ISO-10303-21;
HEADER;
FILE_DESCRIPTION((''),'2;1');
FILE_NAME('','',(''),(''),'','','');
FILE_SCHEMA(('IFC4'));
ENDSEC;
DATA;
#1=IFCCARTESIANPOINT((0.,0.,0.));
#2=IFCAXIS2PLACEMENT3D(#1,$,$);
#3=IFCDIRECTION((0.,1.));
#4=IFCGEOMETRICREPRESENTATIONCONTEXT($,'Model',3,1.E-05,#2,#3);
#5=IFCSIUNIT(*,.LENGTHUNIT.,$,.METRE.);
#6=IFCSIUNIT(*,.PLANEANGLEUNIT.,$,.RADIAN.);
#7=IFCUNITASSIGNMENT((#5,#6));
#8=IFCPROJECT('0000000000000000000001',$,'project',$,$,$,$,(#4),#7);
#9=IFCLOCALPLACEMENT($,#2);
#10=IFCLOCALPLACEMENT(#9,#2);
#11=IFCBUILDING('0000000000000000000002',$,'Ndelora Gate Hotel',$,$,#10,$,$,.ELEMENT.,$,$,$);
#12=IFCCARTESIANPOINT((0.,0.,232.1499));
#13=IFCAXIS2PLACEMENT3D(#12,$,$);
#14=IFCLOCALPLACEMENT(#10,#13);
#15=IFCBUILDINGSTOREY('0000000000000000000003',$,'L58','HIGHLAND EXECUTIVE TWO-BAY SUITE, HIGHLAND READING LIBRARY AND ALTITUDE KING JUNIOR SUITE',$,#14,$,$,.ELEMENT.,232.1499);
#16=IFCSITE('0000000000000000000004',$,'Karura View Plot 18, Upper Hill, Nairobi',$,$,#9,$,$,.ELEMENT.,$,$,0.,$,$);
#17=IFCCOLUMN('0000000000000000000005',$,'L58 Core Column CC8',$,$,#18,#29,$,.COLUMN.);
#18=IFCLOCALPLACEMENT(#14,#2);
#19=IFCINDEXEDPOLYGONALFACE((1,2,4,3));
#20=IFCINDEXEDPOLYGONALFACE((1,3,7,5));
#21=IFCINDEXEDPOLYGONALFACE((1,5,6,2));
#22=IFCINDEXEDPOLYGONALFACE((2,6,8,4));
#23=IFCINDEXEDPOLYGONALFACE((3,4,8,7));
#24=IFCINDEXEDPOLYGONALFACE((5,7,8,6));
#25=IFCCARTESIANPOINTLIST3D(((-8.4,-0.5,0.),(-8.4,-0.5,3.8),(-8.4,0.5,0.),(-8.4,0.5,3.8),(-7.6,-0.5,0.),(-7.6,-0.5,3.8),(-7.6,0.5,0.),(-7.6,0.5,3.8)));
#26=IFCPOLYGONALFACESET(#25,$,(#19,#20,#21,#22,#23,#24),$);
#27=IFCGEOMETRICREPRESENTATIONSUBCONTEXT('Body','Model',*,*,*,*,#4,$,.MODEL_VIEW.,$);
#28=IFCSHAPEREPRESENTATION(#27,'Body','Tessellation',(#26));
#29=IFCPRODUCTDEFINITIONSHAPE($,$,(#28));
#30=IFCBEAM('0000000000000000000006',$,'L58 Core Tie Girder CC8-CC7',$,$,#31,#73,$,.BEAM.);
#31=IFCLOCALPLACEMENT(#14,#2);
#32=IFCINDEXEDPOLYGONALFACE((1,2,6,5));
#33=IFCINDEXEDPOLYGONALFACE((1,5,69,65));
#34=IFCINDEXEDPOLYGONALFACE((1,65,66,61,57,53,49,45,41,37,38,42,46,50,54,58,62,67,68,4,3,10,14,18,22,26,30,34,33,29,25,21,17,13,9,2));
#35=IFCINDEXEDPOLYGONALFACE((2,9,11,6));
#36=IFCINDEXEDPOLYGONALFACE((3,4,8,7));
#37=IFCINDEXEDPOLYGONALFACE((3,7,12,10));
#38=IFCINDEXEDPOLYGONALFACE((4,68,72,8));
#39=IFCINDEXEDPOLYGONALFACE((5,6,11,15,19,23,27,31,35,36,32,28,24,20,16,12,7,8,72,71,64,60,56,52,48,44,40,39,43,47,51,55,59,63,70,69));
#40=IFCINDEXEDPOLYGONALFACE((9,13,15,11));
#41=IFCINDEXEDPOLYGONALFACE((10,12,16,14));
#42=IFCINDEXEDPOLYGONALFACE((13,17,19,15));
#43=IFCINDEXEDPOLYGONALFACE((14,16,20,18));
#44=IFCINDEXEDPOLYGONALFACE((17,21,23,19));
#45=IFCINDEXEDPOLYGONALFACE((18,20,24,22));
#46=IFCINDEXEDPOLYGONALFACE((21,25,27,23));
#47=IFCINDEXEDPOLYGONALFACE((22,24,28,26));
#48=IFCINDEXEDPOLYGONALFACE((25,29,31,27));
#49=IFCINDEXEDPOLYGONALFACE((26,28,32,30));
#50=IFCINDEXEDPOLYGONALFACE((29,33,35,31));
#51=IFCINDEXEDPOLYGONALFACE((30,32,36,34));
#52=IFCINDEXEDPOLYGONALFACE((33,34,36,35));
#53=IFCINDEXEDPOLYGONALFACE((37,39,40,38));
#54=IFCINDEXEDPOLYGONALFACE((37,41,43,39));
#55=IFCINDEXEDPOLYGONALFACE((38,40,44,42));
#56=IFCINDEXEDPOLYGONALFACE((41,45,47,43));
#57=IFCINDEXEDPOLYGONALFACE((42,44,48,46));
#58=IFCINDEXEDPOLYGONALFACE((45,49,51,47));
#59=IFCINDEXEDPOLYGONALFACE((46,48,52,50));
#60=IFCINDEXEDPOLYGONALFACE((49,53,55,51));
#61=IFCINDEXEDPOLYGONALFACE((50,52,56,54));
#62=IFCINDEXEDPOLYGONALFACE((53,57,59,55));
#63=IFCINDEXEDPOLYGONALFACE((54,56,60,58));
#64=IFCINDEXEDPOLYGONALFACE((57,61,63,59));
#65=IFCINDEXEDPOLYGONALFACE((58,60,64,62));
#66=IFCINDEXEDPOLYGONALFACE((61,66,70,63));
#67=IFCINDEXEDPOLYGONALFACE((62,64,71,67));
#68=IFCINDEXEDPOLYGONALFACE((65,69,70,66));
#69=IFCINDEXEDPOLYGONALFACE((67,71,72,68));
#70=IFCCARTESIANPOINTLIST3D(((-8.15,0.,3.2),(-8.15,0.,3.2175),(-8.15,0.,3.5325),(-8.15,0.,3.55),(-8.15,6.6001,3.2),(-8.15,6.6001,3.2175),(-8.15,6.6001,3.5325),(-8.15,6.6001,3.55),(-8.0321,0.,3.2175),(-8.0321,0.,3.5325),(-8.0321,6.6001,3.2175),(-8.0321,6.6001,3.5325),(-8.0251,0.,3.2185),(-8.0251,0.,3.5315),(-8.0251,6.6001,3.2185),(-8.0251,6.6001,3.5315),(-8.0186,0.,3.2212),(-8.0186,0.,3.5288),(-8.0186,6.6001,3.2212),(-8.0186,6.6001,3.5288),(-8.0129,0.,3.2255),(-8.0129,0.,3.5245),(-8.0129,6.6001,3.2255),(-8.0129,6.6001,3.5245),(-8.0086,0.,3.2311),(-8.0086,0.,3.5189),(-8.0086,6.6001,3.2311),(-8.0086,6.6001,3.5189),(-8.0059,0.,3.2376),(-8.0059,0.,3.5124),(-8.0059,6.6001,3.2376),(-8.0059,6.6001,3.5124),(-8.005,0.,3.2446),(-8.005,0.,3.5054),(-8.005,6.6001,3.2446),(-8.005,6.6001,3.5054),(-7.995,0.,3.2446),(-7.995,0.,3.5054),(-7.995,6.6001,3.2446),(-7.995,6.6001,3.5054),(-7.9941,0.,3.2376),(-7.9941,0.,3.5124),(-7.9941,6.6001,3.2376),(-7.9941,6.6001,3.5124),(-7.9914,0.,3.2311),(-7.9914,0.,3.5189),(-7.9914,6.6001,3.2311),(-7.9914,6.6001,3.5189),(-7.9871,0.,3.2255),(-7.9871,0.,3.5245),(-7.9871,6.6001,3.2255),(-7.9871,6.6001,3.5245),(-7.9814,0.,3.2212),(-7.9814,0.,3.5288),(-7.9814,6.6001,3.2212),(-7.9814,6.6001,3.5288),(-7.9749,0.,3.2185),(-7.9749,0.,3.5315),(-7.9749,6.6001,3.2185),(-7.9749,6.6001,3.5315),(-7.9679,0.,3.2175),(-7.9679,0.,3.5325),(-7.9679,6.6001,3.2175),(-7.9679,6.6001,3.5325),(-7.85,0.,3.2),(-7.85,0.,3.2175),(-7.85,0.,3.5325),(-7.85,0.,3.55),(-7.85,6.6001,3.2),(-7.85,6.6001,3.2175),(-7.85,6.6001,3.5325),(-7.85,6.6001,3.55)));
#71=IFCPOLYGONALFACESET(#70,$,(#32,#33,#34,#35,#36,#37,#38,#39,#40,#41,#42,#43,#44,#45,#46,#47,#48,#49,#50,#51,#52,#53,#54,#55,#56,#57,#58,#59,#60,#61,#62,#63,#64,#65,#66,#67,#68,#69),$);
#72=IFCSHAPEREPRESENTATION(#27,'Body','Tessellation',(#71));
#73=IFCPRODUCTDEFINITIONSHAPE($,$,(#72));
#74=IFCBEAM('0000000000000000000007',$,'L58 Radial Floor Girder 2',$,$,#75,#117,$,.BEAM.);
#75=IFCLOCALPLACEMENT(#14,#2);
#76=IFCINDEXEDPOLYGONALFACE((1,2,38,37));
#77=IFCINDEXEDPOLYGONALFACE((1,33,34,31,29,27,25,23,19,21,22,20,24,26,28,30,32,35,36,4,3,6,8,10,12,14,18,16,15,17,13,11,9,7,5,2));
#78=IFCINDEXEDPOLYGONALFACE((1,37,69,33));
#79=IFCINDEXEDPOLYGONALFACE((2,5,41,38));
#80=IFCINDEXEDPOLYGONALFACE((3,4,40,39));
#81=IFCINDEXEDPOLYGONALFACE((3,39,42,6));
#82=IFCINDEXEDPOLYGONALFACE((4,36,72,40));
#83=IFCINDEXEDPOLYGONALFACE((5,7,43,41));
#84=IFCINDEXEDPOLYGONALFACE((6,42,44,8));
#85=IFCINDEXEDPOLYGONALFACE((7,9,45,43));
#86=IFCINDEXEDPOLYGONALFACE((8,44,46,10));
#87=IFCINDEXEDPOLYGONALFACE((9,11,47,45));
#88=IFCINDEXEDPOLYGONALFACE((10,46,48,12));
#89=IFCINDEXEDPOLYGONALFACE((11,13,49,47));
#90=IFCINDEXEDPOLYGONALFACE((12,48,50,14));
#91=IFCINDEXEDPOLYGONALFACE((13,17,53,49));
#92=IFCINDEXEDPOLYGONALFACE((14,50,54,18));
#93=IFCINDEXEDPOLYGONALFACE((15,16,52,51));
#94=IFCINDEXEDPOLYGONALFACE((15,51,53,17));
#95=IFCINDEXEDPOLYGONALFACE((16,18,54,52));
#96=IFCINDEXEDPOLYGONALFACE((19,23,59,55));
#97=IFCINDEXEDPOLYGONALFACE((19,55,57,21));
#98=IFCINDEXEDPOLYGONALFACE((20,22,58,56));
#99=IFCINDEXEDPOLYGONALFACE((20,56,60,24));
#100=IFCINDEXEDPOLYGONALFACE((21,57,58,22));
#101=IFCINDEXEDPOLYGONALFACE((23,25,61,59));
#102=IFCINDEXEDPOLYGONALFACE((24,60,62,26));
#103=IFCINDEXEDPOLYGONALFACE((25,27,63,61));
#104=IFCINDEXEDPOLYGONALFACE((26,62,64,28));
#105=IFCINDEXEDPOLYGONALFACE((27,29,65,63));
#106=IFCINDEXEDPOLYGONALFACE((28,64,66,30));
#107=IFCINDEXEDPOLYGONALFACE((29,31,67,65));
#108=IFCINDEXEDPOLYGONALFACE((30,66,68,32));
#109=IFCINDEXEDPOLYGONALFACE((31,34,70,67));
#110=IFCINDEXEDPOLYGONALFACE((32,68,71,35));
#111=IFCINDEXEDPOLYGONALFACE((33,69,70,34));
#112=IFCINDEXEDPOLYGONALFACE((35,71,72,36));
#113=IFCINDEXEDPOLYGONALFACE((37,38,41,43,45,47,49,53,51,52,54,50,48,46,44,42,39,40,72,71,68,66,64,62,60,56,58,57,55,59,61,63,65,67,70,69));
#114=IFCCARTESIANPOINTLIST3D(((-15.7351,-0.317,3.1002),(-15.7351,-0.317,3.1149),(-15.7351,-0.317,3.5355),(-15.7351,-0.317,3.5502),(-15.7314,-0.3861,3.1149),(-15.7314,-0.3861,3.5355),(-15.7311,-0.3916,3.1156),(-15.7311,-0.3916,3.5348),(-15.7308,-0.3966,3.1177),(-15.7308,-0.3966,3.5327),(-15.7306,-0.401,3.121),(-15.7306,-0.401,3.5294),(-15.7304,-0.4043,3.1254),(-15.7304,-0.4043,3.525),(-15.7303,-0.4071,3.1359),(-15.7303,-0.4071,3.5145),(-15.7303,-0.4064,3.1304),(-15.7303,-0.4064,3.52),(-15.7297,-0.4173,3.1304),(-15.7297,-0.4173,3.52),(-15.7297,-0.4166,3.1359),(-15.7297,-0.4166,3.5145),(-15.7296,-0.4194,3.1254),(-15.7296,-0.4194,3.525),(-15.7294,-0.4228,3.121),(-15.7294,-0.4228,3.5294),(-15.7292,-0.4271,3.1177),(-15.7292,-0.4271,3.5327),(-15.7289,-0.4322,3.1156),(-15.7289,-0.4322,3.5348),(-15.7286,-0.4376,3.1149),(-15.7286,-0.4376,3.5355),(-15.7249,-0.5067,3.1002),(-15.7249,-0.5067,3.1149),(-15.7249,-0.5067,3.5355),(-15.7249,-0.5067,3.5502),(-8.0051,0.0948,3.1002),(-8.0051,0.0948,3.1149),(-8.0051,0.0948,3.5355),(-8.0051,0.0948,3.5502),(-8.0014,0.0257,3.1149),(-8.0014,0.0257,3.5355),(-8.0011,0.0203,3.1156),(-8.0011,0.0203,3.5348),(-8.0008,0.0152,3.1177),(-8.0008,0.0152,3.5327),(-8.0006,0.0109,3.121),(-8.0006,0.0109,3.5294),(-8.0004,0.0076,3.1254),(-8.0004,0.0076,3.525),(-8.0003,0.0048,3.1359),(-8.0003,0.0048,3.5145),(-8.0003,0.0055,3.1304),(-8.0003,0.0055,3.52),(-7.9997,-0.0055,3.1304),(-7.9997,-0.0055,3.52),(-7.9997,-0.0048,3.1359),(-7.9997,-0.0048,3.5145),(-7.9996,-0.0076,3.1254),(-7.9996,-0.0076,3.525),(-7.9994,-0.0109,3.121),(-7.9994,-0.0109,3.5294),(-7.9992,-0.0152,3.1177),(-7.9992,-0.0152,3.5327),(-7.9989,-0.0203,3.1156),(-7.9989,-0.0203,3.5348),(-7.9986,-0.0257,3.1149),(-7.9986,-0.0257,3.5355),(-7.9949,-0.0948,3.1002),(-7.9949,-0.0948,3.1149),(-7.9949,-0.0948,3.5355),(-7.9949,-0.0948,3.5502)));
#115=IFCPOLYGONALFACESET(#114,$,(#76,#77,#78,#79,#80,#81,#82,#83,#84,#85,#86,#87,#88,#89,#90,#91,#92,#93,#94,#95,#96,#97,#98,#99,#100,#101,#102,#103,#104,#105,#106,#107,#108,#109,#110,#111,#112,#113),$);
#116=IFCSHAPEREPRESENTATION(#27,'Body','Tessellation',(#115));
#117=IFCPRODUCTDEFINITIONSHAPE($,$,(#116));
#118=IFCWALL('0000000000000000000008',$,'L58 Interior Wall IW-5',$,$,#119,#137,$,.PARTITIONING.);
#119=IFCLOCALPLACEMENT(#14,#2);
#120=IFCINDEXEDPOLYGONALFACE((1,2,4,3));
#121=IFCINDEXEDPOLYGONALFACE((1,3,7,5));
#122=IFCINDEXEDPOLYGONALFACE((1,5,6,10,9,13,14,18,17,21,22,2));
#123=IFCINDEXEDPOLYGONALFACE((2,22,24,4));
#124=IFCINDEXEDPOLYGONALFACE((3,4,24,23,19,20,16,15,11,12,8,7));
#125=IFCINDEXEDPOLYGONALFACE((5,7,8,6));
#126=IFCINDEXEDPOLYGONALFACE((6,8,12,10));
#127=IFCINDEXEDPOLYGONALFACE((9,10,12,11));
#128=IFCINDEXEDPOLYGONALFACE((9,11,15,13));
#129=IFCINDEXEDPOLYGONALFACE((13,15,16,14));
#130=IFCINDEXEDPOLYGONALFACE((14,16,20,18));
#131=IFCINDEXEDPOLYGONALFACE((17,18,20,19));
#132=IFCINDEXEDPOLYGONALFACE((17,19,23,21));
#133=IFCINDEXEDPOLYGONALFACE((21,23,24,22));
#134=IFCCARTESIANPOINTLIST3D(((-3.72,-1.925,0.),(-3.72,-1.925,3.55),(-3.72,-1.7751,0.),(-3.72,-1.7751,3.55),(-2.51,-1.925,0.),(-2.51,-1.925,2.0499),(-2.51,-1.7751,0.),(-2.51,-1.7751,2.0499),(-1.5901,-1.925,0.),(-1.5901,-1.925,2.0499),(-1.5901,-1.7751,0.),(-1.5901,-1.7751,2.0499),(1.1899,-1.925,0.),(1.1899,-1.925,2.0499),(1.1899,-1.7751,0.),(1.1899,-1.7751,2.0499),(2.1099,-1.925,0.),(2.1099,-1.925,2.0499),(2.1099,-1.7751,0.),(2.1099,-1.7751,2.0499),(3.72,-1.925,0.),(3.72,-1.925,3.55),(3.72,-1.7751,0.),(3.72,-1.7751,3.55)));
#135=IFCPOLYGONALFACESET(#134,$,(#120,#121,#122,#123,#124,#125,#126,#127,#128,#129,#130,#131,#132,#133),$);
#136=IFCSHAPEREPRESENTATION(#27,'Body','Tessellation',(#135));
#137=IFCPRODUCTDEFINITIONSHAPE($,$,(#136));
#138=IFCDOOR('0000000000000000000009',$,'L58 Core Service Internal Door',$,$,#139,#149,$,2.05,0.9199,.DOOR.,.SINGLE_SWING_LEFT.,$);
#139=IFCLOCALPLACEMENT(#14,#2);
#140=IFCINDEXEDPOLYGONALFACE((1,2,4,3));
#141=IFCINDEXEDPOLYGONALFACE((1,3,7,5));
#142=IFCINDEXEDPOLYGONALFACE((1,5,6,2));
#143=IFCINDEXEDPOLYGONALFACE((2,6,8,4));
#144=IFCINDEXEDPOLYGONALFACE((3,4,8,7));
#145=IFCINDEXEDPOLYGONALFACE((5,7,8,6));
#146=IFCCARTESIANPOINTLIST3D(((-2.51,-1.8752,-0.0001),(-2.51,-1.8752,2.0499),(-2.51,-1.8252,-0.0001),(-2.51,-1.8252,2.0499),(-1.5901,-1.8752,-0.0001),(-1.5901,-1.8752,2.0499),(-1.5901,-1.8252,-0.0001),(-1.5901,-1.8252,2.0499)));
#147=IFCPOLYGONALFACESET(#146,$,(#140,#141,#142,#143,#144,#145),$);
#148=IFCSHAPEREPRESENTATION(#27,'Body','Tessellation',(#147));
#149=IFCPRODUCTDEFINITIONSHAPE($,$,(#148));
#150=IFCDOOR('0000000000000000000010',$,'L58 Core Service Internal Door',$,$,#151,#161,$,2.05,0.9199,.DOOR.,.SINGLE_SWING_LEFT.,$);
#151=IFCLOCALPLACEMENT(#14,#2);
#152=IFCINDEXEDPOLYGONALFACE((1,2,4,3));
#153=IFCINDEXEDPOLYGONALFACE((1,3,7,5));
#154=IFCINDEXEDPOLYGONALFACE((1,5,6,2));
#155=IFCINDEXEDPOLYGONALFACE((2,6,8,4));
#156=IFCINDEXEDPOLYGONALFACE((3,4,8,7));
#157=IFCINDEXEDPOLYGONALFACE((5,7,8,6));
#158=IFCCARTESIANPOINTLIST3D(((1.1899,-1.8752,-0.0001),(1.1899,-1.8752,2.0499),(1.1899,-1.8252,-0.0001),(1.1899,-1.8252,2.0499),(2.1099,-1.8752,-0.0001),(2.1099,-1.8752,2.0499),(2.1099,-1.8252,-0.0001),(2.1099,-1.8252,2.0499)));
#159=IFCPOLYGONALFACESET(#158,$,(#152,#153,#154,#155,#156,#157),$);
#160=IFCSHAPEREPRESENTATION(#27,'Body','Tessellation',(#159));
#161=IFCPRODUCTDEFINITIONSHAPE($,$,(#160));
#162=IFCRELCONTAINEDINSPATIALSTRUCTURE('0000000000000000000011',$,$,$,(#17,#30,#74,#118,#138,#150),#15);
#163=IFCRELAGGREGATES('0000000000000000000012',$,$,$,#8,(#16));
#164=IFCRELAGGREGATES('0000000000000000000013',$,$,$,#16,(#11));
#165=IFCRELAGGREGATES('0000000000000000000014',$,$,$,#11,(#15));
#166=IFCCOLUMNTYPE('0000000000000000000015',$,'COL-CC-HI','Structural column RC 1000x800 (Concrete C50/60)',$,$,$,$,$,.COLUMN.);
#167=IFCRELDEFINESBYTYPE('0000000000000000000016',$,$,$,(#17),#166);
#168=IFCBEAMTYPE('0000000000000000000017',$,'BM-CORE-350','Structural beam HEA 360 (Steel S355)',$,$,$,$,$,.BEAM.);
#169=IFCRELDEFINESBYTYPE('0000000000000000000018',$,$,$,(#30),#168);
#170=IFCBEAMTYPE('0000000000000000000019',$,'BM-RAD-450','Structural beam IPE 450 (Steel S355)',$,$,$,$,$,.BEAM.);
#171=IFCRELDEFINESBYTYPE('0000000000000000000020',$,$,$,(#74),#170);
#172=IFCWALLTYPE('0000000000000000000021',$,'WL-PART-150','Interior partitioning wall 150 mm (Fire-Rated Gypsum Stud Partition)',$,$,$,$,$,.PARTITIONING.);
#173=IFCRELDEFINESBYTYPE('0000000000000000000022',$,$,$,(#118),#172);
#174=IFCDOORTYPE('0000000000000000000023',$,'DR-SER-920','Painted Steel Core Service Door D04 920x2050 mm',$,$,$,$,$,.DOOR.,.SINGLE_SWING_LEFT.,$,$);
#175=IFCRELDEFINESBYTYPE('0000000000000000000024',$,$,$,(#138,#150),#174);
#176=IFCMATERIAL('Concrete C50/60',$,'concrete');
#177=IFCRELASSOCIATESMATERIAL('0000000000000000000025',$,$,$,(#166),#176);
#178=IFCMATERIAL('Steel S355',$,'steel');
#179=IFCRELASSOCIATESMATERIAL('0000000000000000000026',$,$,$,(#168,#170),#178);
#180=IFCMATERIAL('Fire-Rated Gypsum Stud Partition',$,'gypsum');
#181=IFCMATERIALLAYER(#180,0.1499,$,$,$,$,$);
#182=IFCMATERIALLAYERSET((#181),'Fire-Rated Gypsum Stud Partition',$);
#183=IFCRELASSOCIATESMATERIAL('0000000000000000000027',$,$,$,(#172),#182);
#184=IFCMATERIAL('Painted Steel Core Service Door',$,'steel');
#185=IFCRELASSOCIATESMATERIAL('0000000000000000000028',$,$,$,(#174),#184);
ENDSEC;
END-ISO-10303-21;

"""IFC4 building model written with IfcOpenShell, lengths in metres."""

from ifc_helpers import new_model, si_unit, direction, frame, frame_2d, origin, origin_2d, place, context, subcontext, project, spatial, rectangle, i_section, extrude, material, layer, layer_set, material_profile, profile_set, type_object, element, fill, save


model = new_model("IFC4")

# Units and contexts
model_context = context("Model", 3, precision=1e-05, world=origin(), true_north=direction((0.0, 1.0)))
body_context = subcontext(model_context, "Body", "Model", "MODEL_VIEW")
ifc_project = project(units=[si_unit("LENGTHUNIT", "METRE"), si_unit("PLANEANGLEUNIT", "RADIAN")], contexts=[model_context])

# Site, building, storey
site_placement = place(None, origin())
site = spatial("IfcSite", under=ifc_project, at=site_placement, Name="Karura View Plot 18, Upper Hill, Nairobi", CompositionType="ELEMENT", RefElevation=0.0)
building_placement = place(site_placement, origin())
building = spatial("IfcBuilding", under=site, at=building_placement, Name="Ndelora Gate Hotel", CompositionType="ELEMENT")
storey_placement = place(building_placement, frame((0.0, 0.0, 232.1499)))
storey = spatial("IfcBuildingStorey", under=building, at=storey_placement, Name="L58", Description="HIGHLAND EXECUTIVE TWO-BAY SUITE, HIGHLAND READING LIBRARY AND ALTITUDE KING JUNIOR SUITE", CompositionType="ELEMENT", Elevation=232.1499)

# Column
ifc_material_1 = material(Name="Concrete C50/60", Category="concrete")
ifc_material_profile_1 = material_profile(ifc_material_1, rectangle(XDim=0.8, YDim=1.0, at=origin_2d()), Name="RC 1000x800")
ifc_profile_set_1 = profile_set([ifc_material_profile_1], Name="Concrete C50/60")
column_type = type_object("IfcColumnType", Name="COL-CC-HI", Description="Structural column RC 1000x800 (Concrete C50/60)", PredefinedType="COLUMN", material=ifc_profile_set_1)
column_placement = place(storey_placement, frame((-8.0, 0.0, 0.0), z_axis=(0.0, 0.0, 1.0), x_axis=(1.0, 0.0, 0.0)))
element("IfcColumn", 1, at=column_placement, inside=storey, type_object=column_type, Name="L58 Core Column CC8", PredefinedType="COLUMN", context=body_context, shape_type="SweptSolid", body=[
    extrude(rectangle(XDim=0.8, YDim=1.0, at=origin_2d()), origin(), (0.0, 0.0, 1.0), 3.8),
])

# Beams
ifc_material_2 = material(Name="Steel S355", Category="steel")
ifc_material_profile_2 = material_profile(ifc_material_2, i_section(OverallWidth=0.3, OverallDepth=0.3501, WebThickness=0.01, FlangeThickness=0.0176, FilletRadius=0.0271, at=origin_2d()), Name="HEA 360")
ifc_profile_set_2 = profile_set([ifc_material_profile_2], Name="Steel S355")
beam_type_1 = type_object("IfcBeamType", Name="BM-CORE-350", Description="Structural beam HEA 360 (Steel S355)", PredefinedType="BEAM", material=ifc_profile_set_2)
beam_1_placement = place(storey_placement, frame((-8.0, 0.0, 3.375), z_axis=(0.0, 1.0, 0.0), x_axis=(-1.0, 0.0, 0.0)))
element("IfcBeam", 2, at=beam_1_placement, inside=storey, type_object=beam_type_1, Name="L58 Core Tie Girder CC8-CC7", PredefinedType="BEAM", context=body_context, shape_type="SweptSolid", body=[
    extrude(i_section(OverallWidth=0.3, OverallDepth=0.3501, WebThickness=0.01, FlangeThickness=0.0176, FilletRadius=0.0271, at=origin_2d()), origin(), (0.0, 0.0, 1.0), 6.6001),
])
ifc_material_profile_3 = material_profile(ifc_material_2, i_section(OverallWidth=0.1899, OverallDepth=0.45, WebThickness=0.0095, FlangeThickness=0.0146, FilletRadius=0.021, at=origin_2d()), Name="IPE 450")
ifc_profile_set_3 = profile_set([ifc_material_profile_3], Name="Steel S355")
beam_type_2 = type_object("IfcBeamType", Name="BM-RAD-450", Description="Structural beam IPE 450 (Steel S355)", PredefinedType="BEAM", material=ifc_profile_set_3)
beam_2_placement = place(storey_placement, frame((-8.0, 0.0, 3.3252), z_axis=(-0.998584, -0.053206, 0.0), x_axis=(0.053206, -0.998584, 0.0)))
element("IfcBeam", 3, at=beam_2_placement, inside=storey, type_object=beam_type_2, Name="L58 Radial Floor Girder 2", PredefinedType="BEAM", context=body_context, shape_type="SweptSolid", body=[
    extrude(i_section(OverallWidth=0.1899, OverallDepth=0.45, WebThickness=0.0095, FlangeThickness=0.0146, FilletRadius=0.021, at=origin_2d()), origin(), (0.0, 0.0, 1.0), 7.741),
])

# Wall, openings, doors
ifc_material_3 = material(Name="Fire-Rated Gypsum Stud Partition", Category="gypsum")
ifc_layer_1 = layer(ifc_material_3, 0.1499)
ifc_layer_set_1 = layer_set([ifc_layer_1], Name="Fire-Rated Gypsum Stud Partition")
wall_type_1 = type_object("IfcWallType", Name="WL-PART-150", Description="Interior partitioning wall 150 mm (Fire-Rated Gypsum Stud Partition)", PredefinedType="PARTITIONING", material=ifc_layer_set_1)
wall_1_placement = place(storey_placement, frame((-3.72, -1.8501, 0.0), z_axis=(0.0, 0.0, 1.0), x_axis=(1.0, 0.0, 0.0)))
wall_1 = element("IfcWall", 4, at=wall_1_placement, inside=storey, type_object=wall_type_1, Name="L58 Interior Wall IW-5", PredefinedType="PARTITIONING", context=body_context, shape_type="SweptSolid", body=[
    extrude(rectangle(XDim=7.4399, YDim=0.1499, at=frame_2d((3.72, 0.0))), origin(), (0.0, 0.0, 1.0), 3.55),
])
opening_1_placement = place(wall_1_placement, frame((1.21, 0.0, 0.0)))
opening_1 = element("IfcOpeningElement", 5, at=opening_1_placement, cuts=wall_1, PredefinedType="OPENING", context=body_context, shape_type="SweptSolid", body=[
    extrude(rectangle(XDim=0.9199, YDim=2.05, at=frame_2d((0.46, 1.0249))), frame((0.0, 0.085, 0.0), z_axis=(0.0, -1.0, 0.0), x_axis=(1.0, 0.0, 0.0)), (0.0, 0.0, 1.0), 0.1699),
])
opening_2_placement = place(wall_1_placement, frame((4.9099, 0.0, 0.0)))
opening_2 = element("IfcOpeningElement", 6, at=opening_2_placement, cuts=wall_1, PredefinedType="OPENING", context=body_context, shape_type="SweptSolid", body=[
    extrude(rectangle(XDim=0.9199, YDim=2.05, at=frame_2d((0.46, 1.0249))), frame((0.0, 0.085, 0.0), z_axis=(0.0, -1.0, 0.0), x_axis=(1.0, 0.0, 0.0)), (0.0, 0.0, 1.0), 0.1699),
])
ifc_material_4 = material(Name="Painted Steel Core Service Door", Category="steel")
door_type_1 = type_object("IfcDoorType", Name="DR-SER-920", Description="Painted Steel Core Service Door D04 920x2050 mm", OperationType="SINGLE_SWING_LEFT", PredefinedType="DOOR", material=ifc_material_4)
door_1_placement = place(opening_1_placement, origin())
door_1 = element("IfcDoor", 7, at=door_1_placement, inside=storey, type_object=door_type_1, Name="L58 Core Service Internal Door", OperationType="SINGLE_SWING_LEFT", OverallHeight=2.05, OverallWidth=0.9199, PredefinedType="DOOR", context=body_context, shape_type="SweptSolid", body=[
    extrude(rectangle(XDim=0.9199, YDim=2.05, at=frame_2d((0.46, 1.0249))), frame((0.0, 0.0249, 0.0), z_axis=(0.0, -1.0, 0.0), x_axis=(1.0, 0.0, 0.0)), (0.0, 0.0, 1.0), 0.05),
])
fill(opening_1, door_1)
door_2_placement = place(opening_2_placement, origin())
door_2 = element("IfcDoor", 8, at=door_2_placement, inside=storey, type_object=door_type_1, Name="L58 Core Service Internal Door", OperationType="SINGLE_SWING_LEFT", OverallHeight=2.05, OverallWidth=0.9199, PredefinedType="DOOR", context=body_context, shape_type="SweptSolid", body=[
    extrude(rectangle(XDim=0.9199, YDim=2.05, at=frame_2d((0.46, 1.0249))), frame((0.0, 0.0249, 0.0), z_axis=(0.0, -1.0, 0.0), x_axis=(1.0, 0.0, 0.0)), (0.0, 0.0, 1.0), 0.05),
])
fill(opening_2, door_2)

save(model, "model.ifc")
